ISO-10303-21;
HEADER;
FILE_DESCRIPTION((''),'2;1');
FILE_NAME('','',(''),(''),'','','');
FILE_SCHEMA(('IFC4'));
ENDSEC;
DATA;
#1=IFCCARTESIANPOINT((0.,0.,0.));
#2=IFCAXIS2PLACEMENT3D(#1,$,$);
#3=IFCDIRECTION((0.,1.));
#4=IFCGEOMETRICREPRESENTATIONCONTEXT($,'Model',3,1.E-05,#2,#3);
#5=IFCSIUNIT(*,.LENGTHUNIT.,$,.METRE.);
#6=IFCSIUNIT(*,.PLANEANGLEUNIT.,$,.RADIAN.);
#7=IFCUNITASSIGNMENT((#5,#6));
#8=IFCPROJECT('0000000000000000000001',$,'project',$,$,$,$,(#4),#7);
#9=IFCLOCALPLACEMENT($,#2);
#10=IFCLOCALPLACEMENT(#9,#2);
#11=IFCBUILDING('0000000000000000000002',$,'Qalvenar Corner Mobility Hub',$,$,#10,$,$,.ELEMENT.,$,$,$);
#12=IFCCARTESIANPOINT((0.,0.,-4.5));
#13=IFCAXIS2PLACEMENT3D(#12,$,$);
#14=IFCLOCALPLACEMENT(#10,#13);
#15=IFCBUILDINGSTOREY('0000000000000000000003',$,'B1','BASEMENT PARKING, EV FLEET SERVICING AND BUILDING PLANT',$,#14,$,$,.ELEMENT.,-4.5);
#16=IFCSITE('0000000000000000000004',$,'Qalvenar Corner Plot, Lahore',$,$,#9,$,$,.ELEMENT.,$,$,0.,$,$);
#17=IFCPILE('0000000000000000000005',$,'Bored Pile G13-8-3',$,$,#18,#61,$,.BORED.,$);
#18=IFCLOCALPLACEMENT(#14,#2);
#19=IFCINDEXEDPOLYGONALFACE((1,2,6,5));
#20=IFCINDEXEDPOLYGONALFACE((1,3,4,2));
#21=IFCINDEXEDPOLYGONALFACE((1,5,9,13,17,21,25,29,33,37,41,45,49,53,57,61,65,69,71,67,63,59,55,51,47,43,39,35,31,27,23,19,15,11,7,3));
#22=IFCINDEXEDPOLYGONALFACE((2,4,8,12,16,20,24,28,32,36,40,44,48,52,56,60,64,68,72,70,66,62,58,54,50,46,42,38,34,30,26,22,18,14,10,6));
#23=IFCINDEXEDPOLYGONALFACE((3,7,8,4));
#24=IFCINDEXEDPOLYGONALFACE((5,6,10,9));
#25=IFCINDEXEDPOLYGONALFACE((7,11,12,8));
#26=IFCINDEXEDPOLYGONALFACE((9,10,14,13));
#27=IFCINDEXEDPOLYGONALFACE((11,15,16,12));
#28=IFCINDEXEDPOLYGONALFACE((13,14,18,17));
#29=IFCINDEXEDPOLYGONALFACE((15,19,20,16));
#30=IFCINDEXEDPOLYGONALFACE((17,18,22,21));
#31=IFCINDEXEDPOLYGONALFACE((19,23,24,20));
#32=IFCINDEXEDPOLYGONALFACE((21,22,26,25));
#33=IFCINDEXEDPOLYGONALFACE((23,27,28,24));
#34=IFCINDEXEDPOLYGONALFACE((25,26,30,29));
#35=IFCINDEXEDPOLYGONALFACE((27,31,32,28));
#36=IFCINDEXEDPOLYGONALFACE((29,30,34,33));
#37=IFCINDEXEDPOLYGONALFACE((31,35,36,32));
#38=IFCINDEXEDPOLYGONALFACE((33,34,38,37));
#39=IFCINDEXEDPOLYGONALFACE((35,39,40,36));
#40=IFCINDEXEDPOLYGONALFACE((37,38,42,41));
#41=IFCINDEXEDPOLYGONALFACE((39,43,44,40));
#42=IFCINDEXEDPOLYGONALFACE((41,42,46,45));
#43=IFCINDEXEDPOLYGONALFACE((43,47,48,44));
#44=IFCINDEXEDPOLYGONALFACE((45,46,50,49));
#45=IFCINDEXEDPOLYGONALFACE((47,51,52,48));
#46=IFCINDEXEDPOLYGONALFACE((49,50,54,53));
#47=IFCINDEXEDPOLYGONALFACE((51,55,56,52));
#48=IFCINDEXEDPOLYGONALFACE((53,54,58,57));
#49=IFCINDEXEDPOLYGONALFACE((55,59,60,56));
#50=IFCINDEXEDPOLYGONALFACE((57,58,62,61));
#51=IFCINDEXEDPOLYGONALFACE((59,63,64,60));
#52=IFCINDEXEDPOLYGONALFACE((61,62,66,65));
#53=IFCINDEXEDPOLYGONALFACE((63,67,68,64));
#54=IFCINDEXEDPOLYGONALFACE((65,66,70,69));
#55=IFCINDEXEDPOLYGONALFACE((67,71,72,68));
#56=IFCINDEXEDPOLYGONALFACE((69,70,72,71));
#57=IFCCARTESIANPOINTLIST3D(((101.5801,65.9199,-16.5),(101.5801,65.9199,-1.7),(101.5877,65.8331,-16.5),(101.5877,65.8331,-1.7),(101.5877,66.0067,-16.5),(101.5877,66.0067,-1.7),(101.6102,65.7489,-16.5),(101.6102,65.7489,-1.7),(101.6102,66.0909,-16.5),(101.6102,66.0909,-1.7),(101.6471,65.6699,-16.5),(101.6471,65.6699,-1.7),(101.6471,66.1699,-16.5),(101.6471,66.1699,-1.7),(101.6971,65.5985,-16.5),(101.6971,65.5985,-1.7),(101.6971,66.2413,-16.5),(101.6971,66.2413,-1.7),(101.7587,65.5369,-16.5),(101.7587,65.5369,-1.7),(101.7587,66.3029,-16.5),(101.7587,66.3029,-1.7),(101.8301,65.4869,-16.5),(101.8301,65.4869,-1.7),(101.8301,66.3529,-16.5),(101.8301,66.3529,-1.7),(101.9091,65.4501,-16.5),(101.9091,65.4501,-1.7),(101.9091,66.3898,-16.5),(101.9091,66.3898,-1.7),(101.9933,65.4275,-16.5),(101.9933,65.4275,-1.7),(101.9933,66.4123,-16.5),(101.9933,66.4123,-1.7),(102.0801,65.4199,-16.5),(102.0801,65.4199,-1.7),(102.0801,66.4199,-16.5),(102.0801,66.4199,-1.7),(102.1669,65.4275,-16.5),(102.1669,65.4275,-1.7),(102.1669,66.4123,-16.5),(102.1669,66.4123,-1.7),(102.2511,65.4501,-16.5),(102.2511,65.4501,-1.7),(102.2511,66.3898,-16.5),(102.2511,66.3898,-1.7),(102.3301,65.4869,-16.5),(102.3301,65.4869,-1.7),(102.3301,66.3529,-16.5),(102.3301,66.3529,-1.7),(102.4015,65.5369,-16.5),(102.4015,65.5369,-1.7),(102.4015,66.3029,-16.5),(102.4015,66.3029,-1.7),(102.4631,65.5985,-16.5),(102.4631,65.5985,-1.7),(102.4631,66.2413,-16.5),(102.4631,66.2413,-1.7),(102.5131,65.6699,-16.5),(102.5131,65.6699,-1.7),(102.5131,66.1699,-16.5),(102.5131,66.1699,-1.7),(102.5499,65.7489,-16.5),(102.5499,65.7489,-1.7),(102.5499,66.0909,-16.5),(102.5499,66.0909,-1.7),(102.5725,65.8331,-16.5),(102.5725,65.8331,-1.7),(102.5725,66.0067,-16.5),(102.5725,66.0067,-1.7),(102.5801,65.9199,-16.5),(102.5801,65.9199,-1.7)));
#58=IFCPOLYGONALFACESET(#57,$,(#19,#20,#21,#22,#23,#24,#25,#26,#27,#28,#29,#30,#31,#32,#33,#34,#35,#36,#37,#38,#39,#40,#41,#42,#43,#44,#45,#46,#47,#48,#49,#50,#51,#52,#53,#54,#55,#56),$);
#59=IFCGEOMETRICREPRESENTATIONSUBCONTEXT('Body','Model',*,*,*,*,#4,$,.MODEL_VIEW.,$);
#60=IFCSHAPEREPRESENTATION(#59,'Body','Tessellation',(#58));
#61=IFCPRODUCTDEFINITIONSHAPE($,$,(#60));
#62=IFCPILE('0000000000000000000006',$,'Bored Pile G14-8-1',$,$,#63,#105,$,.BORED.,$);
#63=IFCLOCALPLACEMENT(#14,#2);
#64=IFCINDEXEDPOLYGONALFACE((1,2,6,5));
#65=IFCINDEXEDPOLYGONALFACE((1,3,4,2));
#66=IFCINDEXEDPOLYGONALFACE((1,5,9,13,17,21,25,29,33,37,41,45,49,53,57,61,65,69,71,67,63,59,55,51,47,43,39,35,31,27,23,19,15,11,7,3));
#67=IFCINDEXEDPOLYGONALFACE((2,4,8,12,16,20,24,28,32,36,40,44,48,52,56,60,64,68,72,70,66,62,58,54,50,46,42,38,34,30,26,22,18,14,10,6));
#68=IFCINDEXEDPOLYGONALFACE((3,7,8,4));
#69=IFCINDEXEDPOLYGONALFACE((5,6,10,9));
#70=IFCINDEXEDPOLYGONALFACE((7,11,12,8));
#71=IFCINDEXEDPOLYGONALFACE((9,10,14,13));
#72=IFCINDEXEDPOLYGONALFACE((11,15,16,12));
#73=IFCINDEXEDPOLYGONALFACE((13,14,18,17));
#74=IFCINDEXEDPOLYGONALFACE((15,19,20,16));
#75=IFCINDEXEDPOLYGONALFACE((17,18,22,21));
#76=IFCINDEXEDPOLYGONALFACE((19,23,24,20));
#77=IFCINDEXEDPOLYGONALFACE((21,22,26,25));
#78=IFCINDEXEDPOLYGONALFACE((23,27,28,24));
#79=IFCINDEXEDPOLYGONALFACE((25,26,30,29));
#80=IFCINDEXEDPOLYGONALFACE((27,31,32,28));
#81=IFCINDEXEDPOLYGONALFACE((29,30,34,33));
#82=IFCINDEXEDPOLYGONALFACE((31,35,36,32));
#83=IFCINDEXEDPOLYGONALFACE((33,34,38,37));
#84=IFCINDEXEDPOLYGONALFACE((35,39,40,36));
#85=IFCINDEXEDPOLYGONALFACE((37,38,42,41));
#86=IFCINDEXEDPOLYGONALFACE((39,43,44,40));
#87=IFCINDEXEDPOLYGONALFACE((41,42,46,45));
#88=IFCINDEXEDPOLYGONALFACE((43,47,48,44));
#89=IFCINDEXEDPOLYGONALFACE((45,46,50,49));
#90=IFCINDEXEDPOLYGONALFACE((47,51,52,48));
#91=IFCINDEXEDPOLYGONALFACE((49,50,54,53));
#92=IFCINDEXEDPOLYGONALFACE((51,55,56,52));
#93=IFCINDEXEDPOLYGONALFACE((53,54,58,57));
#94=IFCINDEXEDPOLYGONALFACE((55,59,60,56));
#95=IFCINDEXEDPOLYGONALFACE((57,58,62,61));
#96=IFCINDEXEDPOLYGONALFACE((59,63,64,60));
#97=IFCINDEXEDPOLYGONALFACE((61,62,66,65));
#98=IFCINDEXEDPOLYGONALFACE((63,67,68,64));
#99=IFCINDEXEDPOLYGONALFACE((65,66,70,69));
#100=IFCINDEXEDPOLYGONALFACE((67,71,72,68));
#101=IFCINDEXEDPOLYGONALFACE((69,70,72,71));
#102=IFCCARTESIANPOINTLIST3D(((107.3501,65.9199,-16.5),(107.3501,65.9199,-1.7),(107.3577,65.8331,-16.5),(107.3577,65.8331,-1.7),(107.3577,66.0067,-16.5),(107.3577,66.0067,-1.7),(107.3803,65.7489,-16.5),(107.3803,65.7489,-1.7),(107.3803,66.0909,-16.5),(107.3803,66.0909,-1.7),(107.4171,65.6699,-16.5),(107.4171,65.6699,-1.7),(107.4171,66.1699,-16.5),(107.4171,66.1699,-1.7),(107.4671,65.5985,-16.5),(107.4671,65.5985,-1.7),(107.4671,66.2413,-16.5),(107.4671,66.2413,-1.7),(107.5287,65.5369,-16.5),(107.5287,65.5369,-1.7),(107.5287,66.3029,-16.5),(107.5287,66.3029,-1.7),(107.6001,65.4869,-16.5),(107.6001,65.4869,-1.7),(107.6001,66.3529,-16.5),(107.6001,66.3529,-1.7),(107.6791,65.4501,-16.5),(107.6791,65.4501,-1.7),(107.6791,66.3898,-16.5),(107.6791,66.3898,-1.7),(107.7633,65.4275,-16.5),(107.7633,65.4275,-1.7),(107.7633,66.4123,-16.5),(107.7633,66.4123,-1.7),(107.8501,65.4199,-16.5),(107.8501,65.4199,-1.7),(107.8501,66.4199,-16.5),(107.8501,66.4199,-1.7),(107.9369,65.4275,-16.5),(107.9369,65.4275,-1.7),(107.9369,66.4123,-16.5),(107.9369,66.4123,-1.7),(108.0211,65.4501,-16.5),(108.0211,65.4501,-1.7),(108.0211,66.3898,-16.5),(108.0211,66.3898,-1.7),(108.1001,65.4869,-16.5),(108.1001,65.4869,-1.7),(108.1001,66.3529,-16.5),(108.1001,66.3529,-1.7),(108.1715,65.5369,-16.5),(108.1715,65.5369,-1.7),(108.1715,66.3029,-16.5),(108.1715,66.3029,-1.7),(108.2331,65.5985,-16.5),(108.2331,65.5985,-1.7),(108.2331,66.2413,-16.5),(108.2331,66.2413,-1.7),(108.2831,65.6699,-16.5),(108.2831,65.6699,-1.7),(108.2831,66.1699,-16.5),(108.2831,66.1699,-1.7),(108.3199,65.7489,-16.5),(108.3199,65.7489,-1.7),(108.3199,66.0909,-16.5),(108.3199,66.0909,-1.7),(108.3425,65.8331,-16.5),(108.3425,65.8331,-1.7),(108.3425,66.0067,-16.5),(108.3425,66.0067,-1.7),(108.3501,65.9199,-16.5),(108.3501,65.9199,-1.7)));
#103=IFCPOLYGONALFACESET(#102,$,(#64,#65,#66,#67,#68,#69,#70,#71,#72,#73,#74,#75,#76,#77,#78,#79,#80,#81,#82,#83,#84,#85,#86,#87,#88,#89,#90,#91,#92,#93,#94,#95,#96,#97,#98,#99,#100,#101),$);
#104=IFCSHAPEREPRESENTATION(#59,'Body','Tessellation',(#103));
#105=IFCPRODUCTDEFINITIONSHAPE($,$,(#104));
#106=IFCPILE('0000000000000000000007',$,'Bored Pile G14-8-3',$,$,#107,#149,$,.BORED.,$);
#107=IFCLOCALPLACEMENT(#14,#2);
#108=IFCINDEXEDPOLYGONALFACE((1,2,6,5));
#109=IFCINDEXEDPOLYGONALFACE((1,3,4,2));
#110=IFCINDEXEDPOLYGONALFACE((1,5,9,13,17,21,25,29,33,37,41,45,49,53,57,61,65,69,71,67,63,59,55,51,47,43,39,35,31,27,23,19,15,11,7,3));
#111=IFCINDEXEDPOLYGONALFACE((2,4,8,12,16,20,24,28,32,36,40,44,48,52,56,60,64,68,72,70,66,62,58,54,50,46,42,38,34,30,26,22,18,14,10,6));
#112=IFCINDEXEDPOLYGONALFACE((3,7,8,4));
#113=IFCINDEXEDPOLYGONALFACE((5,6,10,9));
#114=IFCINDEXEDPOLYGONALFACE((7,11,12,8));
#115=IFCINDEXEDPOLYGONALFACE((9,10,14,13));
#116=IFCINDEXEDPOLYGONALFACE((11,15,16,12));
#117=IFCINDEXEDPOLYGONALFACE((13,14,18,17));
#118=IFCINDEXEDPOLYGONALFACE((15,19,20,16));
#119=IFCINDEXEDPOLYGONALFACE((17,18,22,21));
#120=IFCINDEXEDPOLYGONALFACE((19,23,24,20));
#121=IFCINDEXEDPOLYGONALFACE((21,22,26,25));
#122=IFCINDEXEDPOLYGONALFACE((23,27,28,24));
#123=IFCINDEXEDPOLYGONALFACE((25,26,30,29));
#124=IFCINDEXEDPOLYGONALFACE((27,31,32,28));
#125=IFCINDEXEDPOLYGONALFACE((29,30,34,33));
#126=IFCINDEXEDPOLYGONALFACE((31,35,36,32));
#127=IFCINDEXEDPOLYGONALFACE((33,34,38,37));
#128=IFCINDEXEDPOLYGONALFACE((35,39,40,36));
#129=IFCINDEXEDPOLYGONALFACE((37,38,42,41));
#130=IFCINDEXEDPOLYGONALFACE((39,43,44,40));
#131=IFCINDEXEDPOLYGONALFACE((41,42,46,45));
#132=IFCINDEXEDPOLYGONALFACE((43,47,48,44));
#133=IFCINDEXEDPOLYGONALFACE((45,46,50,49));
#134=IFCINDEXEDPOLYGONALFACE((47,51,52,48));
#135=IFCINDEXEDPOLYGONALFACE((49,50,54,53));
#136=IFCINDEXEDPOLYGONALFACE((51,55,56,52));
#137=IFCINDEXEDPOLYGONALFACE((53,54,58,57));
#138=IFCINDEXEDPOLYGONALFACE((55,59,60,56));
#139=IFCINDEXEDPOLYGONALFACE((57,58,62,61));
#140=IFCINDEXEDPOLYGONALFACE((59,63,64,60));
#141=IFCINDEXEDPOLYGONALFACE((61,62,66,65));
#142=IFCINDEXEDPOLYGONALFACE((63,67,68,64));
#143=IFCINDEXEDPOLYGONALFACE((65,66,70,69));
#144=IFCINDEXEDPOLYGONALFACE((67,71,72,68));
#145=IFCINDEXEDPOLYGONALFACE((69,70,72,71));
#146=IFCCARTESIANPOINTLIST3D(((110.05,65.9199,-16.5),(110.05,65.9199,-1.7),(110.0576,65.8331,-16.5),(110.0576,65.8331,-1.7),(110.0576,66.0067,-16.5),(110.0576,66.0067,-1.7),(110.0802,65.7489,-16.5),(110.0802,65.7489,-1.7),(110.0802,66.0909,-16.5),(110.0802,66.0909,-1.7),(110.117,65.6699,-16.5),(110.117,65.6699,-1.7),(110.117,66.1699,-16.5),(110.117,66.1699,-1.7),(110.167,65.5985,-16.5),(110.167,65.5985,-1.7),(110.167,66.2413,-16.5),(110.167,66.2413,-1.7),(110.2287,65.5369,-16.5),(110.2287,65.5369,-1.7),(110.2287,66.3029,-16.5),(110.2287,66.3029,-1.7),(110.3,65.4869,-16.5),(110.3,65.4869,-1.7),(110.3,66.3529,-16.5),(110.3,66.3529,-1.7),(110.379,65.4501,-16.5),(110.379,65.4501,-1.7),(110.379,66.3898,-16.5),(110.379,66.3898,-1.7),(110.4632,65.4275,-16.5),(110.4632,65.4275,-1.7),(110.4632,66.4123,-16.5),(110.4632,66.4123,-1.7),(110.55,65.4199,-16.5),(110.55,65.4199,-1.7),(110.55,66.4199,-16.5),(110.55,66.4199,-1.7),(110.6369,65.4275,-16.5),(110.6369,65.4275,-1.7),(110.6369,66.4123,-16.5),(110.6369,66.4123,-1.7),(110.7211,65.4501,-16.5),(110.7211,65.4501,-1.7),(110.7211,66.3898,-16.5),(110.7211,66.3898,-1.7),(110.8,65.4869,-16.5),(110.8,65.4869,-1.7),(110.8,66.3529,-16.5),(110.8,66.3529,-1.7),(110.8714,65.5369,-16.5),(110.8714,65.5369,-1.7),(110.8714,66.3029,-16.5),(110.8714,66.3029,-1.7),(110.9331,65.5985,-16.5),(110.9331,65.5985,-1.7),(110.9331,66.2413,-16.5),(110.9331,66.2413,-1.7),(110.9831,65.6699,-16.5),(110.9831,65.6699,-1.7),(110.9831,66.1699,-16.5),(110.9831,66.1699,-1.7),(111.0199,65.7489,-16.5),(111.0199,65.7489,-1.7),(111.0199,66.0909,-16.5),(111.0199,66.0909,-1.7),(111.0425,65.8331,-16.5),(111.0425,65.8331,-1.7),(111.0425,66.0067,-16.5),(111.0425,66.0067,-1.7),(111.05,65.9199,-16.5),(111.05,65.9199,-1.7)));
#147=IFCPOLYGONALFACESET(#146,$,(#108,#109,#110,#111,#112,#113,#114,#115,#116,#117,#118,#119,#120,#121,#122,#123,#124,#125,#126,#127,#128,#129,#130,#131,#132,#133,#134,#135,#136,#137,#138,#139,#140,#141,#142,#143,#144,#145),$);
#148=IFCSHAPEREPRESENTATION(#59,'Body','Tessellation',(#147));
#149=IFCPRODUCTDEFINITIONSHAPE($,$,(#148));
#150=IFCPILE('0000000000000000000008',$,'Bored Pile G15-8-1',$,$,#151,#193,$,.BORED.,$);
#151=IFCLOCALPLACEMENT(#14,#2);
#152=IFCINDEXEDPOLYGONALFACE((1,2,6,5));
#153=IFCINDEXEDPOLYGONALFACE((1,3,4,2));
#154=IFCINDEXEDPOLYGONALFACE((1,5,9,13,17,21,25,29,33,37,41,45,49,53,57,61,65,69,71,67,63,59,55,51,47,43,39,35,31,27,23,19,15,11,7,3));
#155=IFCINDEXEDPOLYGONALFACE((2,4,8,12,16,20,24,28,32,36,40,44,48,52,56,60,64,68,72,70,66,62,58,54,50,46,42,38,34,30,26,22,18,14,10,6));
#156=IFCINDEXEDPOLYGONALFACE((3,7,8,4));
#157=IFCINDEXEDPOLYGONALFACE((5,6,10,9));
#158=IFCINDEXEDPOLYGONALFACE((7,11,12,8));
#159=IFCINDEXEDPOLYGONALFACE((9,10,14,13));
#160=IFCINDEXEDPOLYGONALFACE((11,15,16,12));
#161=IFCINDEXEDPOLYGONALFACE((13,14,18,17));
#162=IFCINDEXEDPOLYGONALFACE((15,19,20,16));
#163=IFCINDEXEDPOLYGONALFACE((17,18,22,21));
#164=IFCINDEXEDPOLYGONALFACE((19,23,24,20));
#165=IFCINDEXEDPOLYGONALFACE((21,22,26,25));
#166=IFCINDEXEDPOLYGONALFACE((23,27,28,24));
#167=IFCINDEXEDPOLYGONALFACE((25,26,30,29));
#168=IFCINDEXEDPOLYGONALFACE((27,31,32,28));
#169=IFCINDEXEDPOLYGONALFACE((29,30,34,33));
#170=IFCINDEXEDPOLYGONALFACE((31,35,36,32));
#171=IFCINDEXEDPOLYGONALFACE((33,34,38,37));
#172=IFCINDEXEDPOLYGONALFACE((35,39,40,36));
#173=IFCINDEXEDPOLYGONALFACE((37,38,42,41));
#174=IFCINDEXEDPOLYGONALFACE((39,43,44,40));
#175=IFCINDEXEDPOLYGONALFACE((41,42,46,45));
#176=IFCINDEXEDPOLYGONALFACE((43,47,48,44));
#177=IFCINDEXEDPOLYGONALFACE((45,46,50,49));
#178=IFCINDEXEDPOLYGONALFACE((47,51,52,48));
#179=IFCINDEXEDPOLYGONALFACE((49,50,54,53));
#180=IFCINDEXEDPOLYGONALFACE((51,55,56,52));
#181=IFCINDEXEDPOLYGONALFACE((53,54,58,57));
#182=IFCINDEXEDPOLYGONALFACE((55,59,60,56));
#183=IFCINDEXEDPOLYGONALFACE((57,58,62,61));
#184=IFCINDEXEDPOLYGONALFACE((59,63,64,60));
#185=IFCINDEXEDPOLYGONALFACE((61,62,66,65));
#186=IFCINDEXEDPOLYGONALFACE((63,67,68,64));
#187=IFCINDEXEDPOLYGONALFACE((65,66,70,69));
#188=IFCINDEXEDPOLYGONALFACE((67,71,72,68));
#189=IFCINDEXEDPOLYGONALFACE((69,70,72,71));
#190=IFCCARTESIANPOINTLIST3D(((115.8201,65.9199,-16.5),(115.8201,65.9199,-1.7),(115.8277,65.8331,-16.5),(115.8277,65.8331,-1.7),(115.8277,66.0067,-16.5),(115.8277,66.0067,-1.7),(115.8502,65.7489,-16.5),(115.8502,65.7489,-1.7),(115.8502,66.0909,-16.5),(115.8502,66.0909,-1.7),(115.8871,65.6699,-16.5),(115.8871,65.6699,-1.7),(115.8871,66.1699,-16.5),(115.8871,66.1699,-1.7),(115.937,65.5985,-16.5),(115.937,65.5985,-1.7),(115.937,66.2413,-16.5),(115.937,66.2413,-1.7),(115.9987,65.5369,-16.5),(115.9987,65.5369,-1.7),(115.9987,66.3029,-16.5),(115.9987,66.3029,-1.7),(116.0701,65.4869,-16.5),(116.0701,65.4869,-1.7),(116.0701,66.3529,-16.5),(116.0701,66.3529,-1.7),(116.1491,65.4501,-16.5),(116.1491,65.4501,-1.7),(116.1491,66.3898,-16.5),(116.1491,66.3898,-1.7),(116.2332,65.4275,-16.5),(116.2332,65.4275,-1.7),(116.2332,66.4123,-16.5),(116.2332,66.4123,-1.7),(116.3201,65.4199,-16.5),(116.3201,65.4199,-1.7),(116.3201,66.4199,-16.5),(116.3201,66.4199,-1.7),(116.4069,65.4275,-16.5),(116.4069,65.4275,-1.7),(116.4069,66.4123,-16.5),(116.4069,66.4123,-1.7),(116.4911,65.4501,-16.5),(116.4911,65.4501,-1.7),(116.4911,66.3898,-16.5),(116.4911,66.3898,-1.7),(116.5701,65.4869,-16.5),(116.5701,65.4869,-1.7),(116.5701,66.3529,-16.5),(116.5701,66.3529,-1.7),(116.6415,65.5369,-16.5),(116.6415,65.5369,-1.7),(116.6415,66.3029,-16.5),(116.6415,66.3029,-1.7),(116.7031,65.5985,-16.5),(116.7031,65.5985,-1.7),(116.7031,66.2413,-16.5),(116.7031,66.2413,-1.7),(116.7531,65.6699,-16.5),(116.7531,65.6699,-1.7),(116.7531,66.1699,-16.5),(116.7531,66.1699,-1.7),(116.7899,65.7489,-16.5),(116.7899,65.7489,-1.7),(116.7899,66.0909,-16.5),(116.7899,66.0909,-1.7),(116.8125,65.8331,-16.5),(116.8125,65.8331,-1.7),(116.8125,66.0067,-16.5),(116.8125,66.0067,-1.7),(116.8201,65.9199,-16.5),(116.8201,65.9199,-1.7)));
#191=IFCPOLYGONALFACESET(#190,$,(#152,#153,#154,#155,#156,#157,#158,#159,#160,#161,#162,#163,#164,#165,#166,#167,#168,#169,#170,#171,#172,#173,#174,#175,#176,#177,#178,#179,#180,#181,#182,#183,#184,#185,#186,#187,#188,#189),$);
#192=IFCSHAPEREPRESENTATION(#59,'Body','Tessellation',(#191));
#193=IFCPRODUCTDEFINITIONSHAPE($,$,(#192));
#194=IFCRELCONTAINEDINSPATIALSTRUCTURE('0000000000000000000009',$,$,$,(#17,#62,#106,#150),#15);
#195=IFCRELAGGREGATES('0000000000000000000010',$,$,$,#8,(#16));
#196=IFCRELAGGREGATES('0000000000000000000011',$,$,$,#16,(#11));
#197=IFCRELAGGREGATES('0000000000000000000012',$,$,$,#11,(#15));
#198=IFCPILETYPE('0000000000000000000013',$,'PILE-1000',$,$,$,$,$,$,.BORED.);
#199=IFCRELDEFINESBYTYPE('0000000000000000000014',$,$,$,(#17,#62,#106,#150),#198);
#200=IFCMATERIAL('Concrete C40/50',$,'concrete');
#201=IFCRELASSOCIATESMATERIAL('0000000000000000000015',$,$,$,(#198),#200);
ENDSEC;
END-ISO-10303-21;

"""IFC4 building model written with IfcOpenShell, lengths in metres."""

from ifc_helpers import new_model, si_unit, direction, frame, origin, origin_2d, place, context, subcontext, project, spatial, circle, extrude, material, material_profile, profile_set, type_object, element, save


model = new_model("IFC4")

# Units and contexts
model_context = context("Model", 3, precision=1e-05, world=origin(), true_north=direction((0.0, 1.0)))
body_context = subcontext(model_context, "Body", "Model", "MODEL_VIEW")
ifc_project = project(units=[si_unit("LENGTHUNIT", "METRE"), si_unit("PLANEANGLEUNIT", "RADIAN")], contexts=[model_context])

# Site, building, storey
site_placement = place(None, origin())
site = spatial("IfcSite", under=ifc_project, at=site_placement, Name="Qalvenar Corner Plot, Lahore", CompositionType="ELEMENT", RefElevation=0.0)
building_placement = place(site_placement, origin())
building = spatial("IfcBuilding", under=site, at=building_placement, Name="Qalvenar Corner Mobility Hub", CompositionType="ELEMENT")
storey_placement = place(building_placement, frame((0.0, 0.0, -4.5)))
storey = spatial("IfcBuildingStorey", under=building, at=storey_placement, Name="B1", Description="BASEMENT PARKING, EV FLEET SERVICING AND BUILDING PLANT", CompositionType="ELEMENT", Elevation=-4.5)

# Shared definitions
ifc_material_1 = material(Name="Concrete C40/50", Category="concrete")

# Piles
ifc_material_profile_1 = material_profile(ifc_material_1, circle(Radius=0.5, at=origin_2d()), Name="DIA1000")
ifc_profile_set_1 = profile_set([ifc_material_profile_1], Name="Concrete C40/50")
pile_type_1 = type_object("IfcPileType", Name="PILE-1000", PredefinedType="BORED", material=ifc_profile_set_1)
for number, where, z_axis, x_axis, name in (
    (1, (102.0801, 65.9199, -1.7), (0.0, 0.0, -1.0), (1.0, 0.0, 0.0), "Bored Pile G13-8-3"),
    (2, (107.8501, 65.9199, -1.7), (0.0, 0.0, -1.0), (1.0, 0.0, 0.0), "Bored Pile G14-8-1"),
    (3, (110.55, 65.9199, -1.7), (0.0, 0.0, -1.0), (1.0, 0.0, 0.0), "Bored Pile G14-8-3"),
    (4, (116.3201, 65.9199, -1.7), (0.0, 0.0, -1.0), (1.0, 0.0, 0.0), "Bored Pile G15-8-1"),
):
    element("IfcPile", number, at=place(storey_placement, frame(where, z_axis=z_axis, x_axis=x_axis)), inside=storey, type_object=pile_type_1, Name=name, PredefinedType="BORED", context=body_context, shape_type="SweptSolid", body=[
        extrude(circle(Radius=0.5, at=origin_2d()), origin(), (0.0, 0.0, 1.0), 14.8),
    ])

save(model, "model.ifc")
